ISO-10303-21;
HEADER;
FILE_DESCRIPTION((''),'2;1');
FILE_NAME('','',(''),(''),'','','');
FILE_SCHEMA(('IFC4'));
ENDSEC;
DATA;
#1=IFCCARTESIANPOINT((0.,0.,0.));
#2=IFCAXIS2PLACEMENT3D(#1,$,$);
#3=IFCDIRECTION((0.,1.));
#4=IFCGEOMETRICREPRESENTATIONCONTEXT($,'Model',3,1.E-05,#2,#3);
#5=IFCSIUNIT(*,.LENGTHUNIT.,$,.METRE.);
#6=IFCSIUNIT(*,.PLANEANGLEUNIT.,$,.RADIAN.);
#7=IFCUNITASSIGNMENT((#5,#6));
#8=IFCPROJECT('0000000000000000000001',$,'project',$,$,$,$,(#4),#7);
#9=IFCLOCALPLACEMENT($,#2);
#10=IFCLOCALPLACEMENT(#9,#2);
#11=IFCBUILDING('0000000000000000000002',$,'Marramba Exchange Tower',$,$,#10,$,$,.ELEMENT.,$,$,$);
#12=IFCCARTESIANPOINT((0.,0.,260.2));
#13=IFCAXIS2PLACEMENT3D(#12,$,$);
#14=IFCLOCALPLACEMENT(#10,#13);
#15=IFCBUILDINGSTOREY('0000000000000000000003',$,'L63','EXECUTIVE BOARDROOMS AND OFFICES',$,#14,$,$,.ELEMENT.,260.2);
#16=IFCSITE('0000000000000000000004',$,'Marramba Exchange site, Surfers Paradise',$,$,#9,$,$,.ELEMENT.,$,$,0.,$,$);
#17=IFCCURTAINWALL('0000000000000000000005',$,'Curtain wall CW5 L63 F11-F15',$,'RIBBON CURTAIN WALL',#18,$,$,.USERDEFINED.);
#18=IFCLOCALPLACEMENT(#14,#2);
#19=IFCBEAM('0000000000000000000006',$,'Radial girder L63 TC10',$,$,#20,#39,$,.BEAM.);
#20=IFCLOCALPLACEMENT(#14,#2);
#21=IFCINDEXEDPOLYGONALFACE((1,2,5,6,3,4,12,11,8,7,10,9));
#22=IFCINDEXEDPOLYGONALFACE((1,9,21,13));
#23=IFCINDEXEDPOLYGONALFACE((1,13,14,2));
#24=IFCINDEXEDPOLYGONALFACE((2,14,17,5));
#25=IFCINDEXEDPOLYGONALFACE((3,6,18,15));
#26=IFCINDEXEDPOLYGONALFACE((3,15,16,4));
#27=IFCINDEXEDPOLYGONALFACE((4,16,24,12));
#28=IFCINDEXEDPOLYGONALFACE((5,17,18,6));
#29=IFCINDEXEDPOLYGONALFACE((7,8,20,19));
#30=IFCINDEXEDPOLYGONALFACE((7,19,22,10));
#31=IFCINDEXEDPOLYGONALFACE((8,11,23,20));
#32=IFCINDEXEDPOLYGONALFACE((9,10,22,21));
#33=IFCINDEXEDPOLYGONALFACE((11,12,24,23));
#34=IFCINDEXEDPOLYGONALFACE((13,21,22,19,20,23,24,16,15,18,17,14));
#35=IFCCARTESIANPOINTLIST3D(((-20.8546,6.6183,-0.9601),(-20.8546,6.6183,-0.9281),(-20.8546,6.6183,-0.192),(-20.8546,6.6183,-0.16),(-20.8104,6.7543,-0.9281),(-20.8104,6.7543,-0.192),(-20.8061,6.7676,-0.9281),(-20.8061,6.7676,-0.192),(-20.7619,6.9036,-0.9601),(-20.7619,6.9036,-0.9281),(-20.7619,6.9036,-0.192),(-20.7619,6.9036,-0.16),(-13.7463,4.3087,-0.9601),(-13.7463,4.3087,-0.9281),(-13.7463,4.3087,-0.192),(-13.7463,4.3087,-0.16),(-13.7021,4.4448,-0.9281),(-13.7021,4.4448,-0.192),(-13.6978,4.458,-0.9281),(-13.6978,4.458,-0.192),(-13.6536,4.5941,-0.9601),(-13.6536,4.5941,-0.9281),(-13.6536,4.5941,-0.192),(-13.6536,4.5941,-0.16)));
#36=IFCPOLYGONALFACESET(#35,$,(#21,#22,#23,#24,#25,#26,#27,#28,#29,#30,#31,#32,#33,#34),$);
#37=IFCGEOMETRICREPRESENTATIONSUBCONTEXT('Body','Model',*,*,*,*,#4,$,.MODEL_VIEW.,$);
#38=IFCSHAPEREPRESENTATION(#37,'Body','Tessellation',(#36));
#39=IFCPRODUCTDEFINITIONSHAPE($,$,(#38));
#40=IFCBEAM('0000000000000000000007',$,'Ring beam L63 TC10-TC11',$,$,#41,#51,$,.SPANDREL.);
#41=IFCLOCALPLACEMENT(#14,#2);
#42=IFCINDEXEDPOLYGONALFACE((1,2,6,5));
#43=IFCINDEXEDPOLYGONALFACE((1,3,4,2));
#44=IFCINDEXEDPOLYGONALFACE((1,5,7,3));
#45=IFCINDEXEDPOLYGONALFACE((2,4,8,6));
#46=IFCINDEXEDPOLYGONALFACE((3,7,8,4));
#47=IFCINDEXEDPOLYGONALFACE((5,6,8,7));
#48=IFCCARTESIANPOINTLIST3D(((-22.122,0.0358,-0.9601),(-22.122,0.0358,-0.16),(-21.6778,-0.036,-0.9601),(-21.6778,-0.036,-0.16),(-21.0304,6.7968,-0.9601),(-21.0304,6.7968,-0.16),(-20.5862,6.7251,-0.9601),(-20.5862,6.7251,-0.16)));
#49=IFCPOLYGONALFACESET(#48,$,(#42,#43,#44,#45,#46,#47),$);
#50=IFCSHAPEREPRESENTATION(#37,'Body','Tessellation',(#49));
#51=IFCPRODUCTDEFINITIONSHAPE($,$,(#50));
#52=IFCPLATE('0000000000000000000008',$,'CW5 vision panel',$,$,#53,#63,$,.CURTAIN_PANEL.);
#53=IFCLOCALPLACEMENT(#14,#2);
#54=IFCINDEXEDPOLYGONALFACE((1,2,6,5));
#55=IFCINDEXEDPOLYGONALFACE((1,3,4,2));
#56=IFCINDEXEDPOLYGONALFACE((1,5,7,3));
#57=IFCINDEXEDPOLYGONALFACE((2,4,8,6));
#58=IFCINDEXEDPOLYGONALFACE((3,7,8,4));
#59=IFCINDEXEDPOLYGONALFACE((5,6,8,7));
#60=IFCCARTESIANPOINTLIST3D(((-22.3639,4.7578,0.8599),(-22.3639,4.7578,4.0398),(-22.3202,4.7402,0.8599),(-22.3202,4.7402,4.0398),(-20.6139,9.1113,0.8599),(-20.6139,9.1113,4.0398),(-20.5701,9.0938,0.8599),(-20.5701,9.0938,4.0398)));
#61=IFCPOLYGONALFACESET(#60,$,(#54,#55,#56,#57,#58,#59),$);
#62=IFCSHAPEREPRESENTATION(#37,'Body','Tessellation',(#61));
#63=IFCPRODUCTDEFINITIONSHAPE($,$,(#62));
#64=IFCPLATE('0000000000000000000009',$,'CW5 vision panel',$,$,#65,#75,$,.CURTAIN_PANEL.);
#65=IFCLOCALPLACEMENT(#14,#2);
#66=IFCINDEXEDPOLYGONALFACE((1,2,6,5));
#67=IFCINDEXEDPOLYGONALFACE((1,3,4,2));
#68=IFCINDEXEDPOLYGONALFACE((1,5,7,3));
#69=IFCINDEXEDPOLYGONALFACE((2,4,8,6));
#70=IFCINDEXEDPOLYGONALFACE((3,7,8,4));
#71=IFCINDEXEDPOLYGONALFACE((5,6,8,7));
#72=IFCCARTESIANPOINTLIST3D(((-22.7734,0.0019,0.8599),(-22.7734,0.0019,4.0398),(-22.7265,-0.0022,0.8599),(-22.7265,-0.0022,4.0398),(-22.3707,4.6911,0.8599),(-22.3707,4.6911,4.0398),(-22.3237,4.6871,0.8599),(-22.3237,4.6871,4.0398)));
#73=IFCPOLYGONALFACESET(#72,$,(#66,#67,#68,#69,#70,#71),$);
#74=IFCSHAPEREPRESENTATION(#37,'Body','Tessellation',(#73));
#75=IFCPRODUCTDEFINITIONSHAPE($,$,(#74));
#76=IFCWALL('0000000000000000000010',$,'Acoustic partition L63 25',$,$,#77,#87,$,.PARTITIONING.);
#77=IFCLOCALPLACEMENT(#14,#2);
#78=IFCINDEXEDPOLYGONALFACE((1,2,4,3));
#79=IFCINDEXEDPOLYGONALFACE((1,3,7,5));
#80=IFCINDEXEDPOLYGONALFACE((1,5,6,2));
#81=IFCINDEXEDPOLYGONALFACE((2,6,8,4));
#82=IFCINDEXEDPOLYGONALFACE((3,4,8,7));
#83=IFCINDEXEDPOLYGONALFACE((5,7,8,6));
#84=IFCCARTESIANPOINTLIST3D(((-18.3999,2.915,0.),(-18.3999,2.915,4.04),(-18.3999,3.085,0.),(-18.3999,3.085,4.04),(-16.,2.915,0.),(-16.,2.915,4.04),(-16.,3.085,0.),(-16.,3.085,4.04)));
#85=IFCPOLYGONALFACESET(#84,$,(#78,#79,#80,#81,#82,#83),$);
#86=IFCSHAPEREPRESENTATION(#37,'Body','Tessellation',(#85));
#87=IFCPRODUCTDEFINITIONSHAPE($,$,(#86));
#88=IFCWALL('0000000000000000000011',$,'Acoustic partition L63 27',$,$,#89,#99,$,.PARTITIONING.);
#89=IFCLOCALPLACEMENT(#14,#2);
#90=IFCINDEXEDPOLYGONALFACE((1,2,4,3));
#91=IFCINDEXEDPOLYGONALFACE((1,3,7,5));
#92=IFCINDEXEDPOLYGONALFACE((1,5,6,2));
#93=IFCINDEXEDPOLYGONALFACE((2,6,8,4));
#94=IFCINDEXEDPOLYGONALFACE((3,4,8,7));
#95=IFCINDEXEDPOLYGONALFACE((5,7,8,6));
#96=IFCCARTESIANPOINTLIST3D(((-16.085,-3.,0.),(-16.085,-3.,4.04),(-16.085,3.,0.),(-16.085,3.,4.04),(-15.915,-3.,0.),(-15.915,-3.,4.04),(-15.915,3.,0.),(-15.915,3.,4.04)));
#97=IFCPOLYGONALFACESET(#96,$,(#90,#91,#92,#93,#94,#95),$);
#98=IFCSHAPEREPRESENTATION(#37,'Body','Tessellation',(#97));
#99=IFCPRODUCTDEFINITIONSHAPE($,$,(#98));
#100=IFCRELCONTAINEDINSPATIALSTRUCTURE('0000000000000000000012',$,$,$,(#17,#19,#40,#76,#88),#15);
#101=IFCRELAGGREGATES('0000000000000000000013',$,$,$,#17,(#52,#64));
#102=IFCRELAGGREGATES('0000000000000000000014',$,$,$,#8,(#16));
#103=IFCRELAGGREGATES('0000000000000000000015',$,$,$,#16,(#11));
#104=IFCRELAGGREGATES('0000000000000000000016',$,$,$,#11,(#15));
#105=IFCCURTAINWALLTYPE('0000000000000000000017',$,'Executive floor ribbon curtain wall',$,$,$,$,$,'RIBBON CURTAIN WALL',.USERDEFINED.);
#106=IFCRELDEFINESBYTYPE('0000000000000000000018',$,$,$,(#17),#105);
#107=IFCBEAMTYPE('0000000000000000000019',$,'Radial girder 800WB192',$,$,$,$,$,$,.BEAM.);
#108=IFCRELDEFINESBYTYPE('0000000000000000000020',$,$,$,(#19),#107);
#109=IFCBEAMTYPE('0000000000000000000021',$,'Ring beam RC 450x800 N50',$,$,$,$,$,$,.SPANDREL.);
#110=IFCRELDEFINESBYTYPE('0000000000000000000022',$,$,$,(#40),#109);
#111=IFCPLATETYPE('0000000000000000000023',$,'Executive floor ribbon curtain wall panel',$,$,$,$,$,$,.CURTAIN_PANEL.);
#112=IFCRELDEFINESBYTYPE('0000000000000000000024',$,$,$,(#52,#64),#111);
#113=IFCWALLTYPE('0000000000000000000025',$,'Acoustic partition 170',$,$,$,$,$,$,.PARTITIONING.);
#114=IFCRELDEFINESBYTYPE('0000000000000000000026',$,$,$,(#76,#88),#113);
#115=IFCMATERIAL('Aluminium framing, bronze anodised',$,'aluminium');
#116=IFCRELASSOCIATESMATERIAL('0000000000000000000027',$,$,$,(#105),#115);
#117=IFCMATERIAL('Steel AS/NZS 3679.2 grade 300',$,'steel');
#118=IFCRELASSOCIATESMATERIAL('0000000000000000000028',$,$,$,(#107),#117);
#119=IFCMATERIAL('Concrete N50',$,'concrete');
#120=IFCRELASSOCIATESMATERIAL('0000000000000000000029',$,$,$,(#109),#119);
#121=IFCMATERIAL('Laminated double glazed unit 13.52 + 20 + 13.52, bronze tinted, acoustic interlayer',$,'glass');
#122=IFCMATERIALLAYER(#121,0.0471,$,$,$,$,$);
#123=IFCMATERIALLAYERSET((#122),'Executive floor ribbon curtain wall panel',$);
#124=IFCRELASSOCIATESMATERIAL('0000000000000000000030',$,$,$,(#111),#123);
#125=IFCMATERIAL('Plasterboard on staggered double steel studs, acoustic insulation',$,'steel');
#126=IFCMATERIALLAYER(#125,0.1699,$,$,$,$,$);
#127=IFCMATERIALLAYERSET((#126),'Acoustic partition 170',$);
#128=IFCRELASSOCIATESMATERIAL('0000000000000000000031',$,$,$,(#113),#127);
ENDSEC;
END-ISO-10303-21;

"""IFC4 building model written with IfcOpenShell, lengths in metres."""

from ifc_helpers import new_model, si_unit, direction, frame, frame_2d, origin, origin_2d, place, context, subcontext, project, spatial, rectangle, i_section, extrude, material, layer, layer_set, material_profile, profile_set, type_object, element, aggregate, save


model = new_model("IFC4")

# Units and contexts
model_context = context("Model", 3, precision=1e-05, world=origin(), true_north=direction((0.0, 1.0)))
body_context = subcontext(model_context, "Body", "Model", "MODEL_VIEW")
ifc_project = project(units=[si_unit("LENGTHUNIT", "METRE"), si_unit("PLANEANGLEUNIT", "RADIAN")], contexts=[model_context])

# Site, building, storey
site_placement = place(None, origin())
site = spatial("IfcSite", under=ifc_project, at=site_placement, Name="Marramba Exchange site, Surfers Paradise", CompositionType="ELEMENT", RefElevation=0.0)
building_placement = place(site_placement, origin())
building = spatial("IfcBuilding", under=site, at=building_placement, Name="Marramba Exchange Tower", CompositionType="ELEMENT")
storey_placement = place(building_placement, frame((0.0, 0.0, 260.2)))
storey = spatial("IfcBuildingStorey", under=building, at=storey_placement, Name="L63", Description="EXECUTIVE BOARDROOMS AND OFFICES", CompositionType="ELEMENT", Elevation=260.2)

# Shared definitions
ifc_material_1 = material(Name="Concrete N50", Category="concrete")

# Curtain wall
ifc_material_2 = material(Name="Aluminium framing, bronze anodised", Category="aluminium")
curtain_wall_type = type_object("IfcCurtainWallType", Name="Executive floor ribbon curtain wall", ElementType="RIBBON CURTAIN WALL", PredefinedType="USERDEFINED", material=ifc_material_2)
curtain_wall_placement = place(storey_placement, origin())
curtain_wall = element("IfcCurtainWall", 1, at=curtain_wall_placement, inside=storey, type_object=curtain_wall_type, Name="Curtain wall CW5 L63 F11-F15", ObjectType="RIBBON CURTAIN WALL", PredefinedType="USERDEFINED")

# Beams
ifc_material_3 = material(Name="Steel AS/NZS 3679.2 grade 300", Category="steel")
ifc_material_profile_1 = material_profile(ifc_material_3, i_section(OverallWidth=0.3, OverallDepth=0.8, WebThickness=0.0139, FlangeThickness=0.032, at=origin_2d()), Name="800WB192")
ifc_profile_set_1 = profile_set([ifc_material_profile_1], Name="Steel AS/NZS 3679.2 grade 300")
beam_type_1 = type_object("IfcBeamType", Name="Radial girder 800WB192", PredefinedType="BEAM", material=ifc_profile_set_1)
beam_1_placement = place(storey_placement, frame((-13.7, 4.4514, -0.5601), z_axis=(-0.95106, 0.309006, 0.0), x_axis=(-0.309006, -0.95106, 0.0)))
element("IfcBeam", 2, at=beam_1_placement, inside=storey, type_object=beam_type_1, Name="Radial girder L63 TC10", PredefinedType="BEAM", context=body_context, shape_type="SweptSolid", body=[
    extrude(i_section(OverallWidth=0.3, OverallDepth=0.8, WebThickness=0.0139, FlangeThickness=0.032, at=origin_2d()), origin(), (0.0, 0.0, 1.0), 7.4741),
])
ifc_material_profile_2 = material_profile(ifc_material_1, rectangle(XDim=0.45, YDim=0.8, at=origin_2d()), Name="RC 450x800")
ifc_profile_set_2 = profile_set([ifc_material_profile_2], Name="Concrete N50")
beam_type_2 = type_object("IfcBeamType", Name="Ring beam RC 450x800 N50", PredefinedType="SPANDREL", material=ifc_profile_set_2)
beam_2_placement = place(storey_placement, frame((-20.8083, 6.761, -0.5601), z_axis=(-0.159385, -0.987217, 0.0), x_axis=(0.987217, -0.159385, 0.0)))
element("IfcBeam", 3, at=beam_2_placement, inside=storey, type_object=beam_type_2, Name="Ring beam L63 TC10-TC11", PredefinedType="SPANDREL", context=body_context, shape_type="SweptSolid", body=[
    extrude(rectangle(XDim=0.45, YDim=0.8, at=origin_2d()), origin(), (0.0, 0.0, 1.0), 6.8486),
])

# Plates
ifc_material_4 = material(Name="Laminated double glazed unit 13.52 + 20 + 13.52, bronze tinted, acoustic interlayer", Category="glass")
ifc_layer_1 = layer(ifc_material_4, 0.0471)
ifc_layer_set_1 = layer_set([ifc_layer_1], Name="Executive floor ribbon curtain wall panel")
plate_type = type_object("IfcPlateType", Name="Executive floor ribbon curtain wall panel", PredefinedType="CURTAIN_PANEL", material=ifc_layer_set_1)
plate_1_placement = place(storey_placement, frame((-21.467, 6.9258, 0.8599), z_axis=(0.0, 0.0, 1.0), x_axis=(-0.372983, -0.927838, 0.0)))
plate_1 = element("IfcPlate", 4, at=plate_1_placement, type_object=plate_type, Name="CW5 vision panel", PredefinedType="CURTAIN_PANEL", context=body_context, shape_type="SweptSolid", body=[
    extrude(rectangle(XDim=4.6921, YDim=0.0471, at=origin_2d()), origin(), (0.0, 0.0, 1.0), 3.1799),
])
plate_2_placement = place(storey_placement, frame((-22.5486, 2.3445, 0.8599), z_axis=(0.0, 0.0, 1.0), x_axis=(-0.085574, -0.996332, 0.0)))
plate_2 = element("IfcPlate", 5, at=plate_2_placement, type_object=plate_type, Name="CW5 vision panel", PredefinedType="CURTAIN_PANEL", context=body_context, shape_type="SweptSolid", body=[
    extrude(rectangle(XDim=4.7065, YDim=0.0471, at=origin_2d()), origin(), (0.0, 0.0, 1.0), 3.1799),
])
aggregate(curtain_wall, [plate_1, plate_2])

# Walls
ifc_material_5 = material(Name="Plasterboard on staggered double steel studs, acoustic insulation", Category="steel")
ifc_layer_2 = layer(ifc_material_5, 0.1699)
ifc_layer_set_2 = layer_set([ifc_layer_2], Name="Acoustic partition 170")
wall_type_1 = type_object("IfcWallType", Name="Acoustic partition 170", PredefinedType="PARTITIONING", material=ifc_layer_set_2)
wall_1_placement = place(storey_placement, frame((-18.3999, 3.0, 0.0), z_axis=(0.0, 0.0, 1.0), x_axis=(1.0, 0.0, 0.0)))
element("IfcWall", 6, at=wall_1_placement, inside=storey, type_object=wall_type_1, Name="Acoustic partition L63 25", PredefinedType="PARTITIONING", context=body_context, shape_type="SweptSolid", body=[
    extrude(rectangle(XDim=2.3999, YDim=0.1699, at=frame_2d((1.2, 0.0))), origin(), (0.0, 0.0, 1.0), 4.04),
])
wall_2_placement = place(storey_placement, frame((-16.0, 3.0, 0.0), z_axis=(0.0, 0.0, 1.0), x_axis=(0.0, -1.0, 0.0)))
element("IfcWall", 7, at=wall_2_placement, inside=storey, type_object=wall_type_1, Name="Acoustic partition L63 27", PredefinedType="PARTITIONING", context=body_context, shape_type="SweptSolid", body=[
    extrude(rectangle(XDim=6.0, YDim=0.1699, at=frame_2d((3.0, 0.0))), origin(), (0.0, 0.0, 1.0), 4.04),
])

save(model, "model.ifc")
